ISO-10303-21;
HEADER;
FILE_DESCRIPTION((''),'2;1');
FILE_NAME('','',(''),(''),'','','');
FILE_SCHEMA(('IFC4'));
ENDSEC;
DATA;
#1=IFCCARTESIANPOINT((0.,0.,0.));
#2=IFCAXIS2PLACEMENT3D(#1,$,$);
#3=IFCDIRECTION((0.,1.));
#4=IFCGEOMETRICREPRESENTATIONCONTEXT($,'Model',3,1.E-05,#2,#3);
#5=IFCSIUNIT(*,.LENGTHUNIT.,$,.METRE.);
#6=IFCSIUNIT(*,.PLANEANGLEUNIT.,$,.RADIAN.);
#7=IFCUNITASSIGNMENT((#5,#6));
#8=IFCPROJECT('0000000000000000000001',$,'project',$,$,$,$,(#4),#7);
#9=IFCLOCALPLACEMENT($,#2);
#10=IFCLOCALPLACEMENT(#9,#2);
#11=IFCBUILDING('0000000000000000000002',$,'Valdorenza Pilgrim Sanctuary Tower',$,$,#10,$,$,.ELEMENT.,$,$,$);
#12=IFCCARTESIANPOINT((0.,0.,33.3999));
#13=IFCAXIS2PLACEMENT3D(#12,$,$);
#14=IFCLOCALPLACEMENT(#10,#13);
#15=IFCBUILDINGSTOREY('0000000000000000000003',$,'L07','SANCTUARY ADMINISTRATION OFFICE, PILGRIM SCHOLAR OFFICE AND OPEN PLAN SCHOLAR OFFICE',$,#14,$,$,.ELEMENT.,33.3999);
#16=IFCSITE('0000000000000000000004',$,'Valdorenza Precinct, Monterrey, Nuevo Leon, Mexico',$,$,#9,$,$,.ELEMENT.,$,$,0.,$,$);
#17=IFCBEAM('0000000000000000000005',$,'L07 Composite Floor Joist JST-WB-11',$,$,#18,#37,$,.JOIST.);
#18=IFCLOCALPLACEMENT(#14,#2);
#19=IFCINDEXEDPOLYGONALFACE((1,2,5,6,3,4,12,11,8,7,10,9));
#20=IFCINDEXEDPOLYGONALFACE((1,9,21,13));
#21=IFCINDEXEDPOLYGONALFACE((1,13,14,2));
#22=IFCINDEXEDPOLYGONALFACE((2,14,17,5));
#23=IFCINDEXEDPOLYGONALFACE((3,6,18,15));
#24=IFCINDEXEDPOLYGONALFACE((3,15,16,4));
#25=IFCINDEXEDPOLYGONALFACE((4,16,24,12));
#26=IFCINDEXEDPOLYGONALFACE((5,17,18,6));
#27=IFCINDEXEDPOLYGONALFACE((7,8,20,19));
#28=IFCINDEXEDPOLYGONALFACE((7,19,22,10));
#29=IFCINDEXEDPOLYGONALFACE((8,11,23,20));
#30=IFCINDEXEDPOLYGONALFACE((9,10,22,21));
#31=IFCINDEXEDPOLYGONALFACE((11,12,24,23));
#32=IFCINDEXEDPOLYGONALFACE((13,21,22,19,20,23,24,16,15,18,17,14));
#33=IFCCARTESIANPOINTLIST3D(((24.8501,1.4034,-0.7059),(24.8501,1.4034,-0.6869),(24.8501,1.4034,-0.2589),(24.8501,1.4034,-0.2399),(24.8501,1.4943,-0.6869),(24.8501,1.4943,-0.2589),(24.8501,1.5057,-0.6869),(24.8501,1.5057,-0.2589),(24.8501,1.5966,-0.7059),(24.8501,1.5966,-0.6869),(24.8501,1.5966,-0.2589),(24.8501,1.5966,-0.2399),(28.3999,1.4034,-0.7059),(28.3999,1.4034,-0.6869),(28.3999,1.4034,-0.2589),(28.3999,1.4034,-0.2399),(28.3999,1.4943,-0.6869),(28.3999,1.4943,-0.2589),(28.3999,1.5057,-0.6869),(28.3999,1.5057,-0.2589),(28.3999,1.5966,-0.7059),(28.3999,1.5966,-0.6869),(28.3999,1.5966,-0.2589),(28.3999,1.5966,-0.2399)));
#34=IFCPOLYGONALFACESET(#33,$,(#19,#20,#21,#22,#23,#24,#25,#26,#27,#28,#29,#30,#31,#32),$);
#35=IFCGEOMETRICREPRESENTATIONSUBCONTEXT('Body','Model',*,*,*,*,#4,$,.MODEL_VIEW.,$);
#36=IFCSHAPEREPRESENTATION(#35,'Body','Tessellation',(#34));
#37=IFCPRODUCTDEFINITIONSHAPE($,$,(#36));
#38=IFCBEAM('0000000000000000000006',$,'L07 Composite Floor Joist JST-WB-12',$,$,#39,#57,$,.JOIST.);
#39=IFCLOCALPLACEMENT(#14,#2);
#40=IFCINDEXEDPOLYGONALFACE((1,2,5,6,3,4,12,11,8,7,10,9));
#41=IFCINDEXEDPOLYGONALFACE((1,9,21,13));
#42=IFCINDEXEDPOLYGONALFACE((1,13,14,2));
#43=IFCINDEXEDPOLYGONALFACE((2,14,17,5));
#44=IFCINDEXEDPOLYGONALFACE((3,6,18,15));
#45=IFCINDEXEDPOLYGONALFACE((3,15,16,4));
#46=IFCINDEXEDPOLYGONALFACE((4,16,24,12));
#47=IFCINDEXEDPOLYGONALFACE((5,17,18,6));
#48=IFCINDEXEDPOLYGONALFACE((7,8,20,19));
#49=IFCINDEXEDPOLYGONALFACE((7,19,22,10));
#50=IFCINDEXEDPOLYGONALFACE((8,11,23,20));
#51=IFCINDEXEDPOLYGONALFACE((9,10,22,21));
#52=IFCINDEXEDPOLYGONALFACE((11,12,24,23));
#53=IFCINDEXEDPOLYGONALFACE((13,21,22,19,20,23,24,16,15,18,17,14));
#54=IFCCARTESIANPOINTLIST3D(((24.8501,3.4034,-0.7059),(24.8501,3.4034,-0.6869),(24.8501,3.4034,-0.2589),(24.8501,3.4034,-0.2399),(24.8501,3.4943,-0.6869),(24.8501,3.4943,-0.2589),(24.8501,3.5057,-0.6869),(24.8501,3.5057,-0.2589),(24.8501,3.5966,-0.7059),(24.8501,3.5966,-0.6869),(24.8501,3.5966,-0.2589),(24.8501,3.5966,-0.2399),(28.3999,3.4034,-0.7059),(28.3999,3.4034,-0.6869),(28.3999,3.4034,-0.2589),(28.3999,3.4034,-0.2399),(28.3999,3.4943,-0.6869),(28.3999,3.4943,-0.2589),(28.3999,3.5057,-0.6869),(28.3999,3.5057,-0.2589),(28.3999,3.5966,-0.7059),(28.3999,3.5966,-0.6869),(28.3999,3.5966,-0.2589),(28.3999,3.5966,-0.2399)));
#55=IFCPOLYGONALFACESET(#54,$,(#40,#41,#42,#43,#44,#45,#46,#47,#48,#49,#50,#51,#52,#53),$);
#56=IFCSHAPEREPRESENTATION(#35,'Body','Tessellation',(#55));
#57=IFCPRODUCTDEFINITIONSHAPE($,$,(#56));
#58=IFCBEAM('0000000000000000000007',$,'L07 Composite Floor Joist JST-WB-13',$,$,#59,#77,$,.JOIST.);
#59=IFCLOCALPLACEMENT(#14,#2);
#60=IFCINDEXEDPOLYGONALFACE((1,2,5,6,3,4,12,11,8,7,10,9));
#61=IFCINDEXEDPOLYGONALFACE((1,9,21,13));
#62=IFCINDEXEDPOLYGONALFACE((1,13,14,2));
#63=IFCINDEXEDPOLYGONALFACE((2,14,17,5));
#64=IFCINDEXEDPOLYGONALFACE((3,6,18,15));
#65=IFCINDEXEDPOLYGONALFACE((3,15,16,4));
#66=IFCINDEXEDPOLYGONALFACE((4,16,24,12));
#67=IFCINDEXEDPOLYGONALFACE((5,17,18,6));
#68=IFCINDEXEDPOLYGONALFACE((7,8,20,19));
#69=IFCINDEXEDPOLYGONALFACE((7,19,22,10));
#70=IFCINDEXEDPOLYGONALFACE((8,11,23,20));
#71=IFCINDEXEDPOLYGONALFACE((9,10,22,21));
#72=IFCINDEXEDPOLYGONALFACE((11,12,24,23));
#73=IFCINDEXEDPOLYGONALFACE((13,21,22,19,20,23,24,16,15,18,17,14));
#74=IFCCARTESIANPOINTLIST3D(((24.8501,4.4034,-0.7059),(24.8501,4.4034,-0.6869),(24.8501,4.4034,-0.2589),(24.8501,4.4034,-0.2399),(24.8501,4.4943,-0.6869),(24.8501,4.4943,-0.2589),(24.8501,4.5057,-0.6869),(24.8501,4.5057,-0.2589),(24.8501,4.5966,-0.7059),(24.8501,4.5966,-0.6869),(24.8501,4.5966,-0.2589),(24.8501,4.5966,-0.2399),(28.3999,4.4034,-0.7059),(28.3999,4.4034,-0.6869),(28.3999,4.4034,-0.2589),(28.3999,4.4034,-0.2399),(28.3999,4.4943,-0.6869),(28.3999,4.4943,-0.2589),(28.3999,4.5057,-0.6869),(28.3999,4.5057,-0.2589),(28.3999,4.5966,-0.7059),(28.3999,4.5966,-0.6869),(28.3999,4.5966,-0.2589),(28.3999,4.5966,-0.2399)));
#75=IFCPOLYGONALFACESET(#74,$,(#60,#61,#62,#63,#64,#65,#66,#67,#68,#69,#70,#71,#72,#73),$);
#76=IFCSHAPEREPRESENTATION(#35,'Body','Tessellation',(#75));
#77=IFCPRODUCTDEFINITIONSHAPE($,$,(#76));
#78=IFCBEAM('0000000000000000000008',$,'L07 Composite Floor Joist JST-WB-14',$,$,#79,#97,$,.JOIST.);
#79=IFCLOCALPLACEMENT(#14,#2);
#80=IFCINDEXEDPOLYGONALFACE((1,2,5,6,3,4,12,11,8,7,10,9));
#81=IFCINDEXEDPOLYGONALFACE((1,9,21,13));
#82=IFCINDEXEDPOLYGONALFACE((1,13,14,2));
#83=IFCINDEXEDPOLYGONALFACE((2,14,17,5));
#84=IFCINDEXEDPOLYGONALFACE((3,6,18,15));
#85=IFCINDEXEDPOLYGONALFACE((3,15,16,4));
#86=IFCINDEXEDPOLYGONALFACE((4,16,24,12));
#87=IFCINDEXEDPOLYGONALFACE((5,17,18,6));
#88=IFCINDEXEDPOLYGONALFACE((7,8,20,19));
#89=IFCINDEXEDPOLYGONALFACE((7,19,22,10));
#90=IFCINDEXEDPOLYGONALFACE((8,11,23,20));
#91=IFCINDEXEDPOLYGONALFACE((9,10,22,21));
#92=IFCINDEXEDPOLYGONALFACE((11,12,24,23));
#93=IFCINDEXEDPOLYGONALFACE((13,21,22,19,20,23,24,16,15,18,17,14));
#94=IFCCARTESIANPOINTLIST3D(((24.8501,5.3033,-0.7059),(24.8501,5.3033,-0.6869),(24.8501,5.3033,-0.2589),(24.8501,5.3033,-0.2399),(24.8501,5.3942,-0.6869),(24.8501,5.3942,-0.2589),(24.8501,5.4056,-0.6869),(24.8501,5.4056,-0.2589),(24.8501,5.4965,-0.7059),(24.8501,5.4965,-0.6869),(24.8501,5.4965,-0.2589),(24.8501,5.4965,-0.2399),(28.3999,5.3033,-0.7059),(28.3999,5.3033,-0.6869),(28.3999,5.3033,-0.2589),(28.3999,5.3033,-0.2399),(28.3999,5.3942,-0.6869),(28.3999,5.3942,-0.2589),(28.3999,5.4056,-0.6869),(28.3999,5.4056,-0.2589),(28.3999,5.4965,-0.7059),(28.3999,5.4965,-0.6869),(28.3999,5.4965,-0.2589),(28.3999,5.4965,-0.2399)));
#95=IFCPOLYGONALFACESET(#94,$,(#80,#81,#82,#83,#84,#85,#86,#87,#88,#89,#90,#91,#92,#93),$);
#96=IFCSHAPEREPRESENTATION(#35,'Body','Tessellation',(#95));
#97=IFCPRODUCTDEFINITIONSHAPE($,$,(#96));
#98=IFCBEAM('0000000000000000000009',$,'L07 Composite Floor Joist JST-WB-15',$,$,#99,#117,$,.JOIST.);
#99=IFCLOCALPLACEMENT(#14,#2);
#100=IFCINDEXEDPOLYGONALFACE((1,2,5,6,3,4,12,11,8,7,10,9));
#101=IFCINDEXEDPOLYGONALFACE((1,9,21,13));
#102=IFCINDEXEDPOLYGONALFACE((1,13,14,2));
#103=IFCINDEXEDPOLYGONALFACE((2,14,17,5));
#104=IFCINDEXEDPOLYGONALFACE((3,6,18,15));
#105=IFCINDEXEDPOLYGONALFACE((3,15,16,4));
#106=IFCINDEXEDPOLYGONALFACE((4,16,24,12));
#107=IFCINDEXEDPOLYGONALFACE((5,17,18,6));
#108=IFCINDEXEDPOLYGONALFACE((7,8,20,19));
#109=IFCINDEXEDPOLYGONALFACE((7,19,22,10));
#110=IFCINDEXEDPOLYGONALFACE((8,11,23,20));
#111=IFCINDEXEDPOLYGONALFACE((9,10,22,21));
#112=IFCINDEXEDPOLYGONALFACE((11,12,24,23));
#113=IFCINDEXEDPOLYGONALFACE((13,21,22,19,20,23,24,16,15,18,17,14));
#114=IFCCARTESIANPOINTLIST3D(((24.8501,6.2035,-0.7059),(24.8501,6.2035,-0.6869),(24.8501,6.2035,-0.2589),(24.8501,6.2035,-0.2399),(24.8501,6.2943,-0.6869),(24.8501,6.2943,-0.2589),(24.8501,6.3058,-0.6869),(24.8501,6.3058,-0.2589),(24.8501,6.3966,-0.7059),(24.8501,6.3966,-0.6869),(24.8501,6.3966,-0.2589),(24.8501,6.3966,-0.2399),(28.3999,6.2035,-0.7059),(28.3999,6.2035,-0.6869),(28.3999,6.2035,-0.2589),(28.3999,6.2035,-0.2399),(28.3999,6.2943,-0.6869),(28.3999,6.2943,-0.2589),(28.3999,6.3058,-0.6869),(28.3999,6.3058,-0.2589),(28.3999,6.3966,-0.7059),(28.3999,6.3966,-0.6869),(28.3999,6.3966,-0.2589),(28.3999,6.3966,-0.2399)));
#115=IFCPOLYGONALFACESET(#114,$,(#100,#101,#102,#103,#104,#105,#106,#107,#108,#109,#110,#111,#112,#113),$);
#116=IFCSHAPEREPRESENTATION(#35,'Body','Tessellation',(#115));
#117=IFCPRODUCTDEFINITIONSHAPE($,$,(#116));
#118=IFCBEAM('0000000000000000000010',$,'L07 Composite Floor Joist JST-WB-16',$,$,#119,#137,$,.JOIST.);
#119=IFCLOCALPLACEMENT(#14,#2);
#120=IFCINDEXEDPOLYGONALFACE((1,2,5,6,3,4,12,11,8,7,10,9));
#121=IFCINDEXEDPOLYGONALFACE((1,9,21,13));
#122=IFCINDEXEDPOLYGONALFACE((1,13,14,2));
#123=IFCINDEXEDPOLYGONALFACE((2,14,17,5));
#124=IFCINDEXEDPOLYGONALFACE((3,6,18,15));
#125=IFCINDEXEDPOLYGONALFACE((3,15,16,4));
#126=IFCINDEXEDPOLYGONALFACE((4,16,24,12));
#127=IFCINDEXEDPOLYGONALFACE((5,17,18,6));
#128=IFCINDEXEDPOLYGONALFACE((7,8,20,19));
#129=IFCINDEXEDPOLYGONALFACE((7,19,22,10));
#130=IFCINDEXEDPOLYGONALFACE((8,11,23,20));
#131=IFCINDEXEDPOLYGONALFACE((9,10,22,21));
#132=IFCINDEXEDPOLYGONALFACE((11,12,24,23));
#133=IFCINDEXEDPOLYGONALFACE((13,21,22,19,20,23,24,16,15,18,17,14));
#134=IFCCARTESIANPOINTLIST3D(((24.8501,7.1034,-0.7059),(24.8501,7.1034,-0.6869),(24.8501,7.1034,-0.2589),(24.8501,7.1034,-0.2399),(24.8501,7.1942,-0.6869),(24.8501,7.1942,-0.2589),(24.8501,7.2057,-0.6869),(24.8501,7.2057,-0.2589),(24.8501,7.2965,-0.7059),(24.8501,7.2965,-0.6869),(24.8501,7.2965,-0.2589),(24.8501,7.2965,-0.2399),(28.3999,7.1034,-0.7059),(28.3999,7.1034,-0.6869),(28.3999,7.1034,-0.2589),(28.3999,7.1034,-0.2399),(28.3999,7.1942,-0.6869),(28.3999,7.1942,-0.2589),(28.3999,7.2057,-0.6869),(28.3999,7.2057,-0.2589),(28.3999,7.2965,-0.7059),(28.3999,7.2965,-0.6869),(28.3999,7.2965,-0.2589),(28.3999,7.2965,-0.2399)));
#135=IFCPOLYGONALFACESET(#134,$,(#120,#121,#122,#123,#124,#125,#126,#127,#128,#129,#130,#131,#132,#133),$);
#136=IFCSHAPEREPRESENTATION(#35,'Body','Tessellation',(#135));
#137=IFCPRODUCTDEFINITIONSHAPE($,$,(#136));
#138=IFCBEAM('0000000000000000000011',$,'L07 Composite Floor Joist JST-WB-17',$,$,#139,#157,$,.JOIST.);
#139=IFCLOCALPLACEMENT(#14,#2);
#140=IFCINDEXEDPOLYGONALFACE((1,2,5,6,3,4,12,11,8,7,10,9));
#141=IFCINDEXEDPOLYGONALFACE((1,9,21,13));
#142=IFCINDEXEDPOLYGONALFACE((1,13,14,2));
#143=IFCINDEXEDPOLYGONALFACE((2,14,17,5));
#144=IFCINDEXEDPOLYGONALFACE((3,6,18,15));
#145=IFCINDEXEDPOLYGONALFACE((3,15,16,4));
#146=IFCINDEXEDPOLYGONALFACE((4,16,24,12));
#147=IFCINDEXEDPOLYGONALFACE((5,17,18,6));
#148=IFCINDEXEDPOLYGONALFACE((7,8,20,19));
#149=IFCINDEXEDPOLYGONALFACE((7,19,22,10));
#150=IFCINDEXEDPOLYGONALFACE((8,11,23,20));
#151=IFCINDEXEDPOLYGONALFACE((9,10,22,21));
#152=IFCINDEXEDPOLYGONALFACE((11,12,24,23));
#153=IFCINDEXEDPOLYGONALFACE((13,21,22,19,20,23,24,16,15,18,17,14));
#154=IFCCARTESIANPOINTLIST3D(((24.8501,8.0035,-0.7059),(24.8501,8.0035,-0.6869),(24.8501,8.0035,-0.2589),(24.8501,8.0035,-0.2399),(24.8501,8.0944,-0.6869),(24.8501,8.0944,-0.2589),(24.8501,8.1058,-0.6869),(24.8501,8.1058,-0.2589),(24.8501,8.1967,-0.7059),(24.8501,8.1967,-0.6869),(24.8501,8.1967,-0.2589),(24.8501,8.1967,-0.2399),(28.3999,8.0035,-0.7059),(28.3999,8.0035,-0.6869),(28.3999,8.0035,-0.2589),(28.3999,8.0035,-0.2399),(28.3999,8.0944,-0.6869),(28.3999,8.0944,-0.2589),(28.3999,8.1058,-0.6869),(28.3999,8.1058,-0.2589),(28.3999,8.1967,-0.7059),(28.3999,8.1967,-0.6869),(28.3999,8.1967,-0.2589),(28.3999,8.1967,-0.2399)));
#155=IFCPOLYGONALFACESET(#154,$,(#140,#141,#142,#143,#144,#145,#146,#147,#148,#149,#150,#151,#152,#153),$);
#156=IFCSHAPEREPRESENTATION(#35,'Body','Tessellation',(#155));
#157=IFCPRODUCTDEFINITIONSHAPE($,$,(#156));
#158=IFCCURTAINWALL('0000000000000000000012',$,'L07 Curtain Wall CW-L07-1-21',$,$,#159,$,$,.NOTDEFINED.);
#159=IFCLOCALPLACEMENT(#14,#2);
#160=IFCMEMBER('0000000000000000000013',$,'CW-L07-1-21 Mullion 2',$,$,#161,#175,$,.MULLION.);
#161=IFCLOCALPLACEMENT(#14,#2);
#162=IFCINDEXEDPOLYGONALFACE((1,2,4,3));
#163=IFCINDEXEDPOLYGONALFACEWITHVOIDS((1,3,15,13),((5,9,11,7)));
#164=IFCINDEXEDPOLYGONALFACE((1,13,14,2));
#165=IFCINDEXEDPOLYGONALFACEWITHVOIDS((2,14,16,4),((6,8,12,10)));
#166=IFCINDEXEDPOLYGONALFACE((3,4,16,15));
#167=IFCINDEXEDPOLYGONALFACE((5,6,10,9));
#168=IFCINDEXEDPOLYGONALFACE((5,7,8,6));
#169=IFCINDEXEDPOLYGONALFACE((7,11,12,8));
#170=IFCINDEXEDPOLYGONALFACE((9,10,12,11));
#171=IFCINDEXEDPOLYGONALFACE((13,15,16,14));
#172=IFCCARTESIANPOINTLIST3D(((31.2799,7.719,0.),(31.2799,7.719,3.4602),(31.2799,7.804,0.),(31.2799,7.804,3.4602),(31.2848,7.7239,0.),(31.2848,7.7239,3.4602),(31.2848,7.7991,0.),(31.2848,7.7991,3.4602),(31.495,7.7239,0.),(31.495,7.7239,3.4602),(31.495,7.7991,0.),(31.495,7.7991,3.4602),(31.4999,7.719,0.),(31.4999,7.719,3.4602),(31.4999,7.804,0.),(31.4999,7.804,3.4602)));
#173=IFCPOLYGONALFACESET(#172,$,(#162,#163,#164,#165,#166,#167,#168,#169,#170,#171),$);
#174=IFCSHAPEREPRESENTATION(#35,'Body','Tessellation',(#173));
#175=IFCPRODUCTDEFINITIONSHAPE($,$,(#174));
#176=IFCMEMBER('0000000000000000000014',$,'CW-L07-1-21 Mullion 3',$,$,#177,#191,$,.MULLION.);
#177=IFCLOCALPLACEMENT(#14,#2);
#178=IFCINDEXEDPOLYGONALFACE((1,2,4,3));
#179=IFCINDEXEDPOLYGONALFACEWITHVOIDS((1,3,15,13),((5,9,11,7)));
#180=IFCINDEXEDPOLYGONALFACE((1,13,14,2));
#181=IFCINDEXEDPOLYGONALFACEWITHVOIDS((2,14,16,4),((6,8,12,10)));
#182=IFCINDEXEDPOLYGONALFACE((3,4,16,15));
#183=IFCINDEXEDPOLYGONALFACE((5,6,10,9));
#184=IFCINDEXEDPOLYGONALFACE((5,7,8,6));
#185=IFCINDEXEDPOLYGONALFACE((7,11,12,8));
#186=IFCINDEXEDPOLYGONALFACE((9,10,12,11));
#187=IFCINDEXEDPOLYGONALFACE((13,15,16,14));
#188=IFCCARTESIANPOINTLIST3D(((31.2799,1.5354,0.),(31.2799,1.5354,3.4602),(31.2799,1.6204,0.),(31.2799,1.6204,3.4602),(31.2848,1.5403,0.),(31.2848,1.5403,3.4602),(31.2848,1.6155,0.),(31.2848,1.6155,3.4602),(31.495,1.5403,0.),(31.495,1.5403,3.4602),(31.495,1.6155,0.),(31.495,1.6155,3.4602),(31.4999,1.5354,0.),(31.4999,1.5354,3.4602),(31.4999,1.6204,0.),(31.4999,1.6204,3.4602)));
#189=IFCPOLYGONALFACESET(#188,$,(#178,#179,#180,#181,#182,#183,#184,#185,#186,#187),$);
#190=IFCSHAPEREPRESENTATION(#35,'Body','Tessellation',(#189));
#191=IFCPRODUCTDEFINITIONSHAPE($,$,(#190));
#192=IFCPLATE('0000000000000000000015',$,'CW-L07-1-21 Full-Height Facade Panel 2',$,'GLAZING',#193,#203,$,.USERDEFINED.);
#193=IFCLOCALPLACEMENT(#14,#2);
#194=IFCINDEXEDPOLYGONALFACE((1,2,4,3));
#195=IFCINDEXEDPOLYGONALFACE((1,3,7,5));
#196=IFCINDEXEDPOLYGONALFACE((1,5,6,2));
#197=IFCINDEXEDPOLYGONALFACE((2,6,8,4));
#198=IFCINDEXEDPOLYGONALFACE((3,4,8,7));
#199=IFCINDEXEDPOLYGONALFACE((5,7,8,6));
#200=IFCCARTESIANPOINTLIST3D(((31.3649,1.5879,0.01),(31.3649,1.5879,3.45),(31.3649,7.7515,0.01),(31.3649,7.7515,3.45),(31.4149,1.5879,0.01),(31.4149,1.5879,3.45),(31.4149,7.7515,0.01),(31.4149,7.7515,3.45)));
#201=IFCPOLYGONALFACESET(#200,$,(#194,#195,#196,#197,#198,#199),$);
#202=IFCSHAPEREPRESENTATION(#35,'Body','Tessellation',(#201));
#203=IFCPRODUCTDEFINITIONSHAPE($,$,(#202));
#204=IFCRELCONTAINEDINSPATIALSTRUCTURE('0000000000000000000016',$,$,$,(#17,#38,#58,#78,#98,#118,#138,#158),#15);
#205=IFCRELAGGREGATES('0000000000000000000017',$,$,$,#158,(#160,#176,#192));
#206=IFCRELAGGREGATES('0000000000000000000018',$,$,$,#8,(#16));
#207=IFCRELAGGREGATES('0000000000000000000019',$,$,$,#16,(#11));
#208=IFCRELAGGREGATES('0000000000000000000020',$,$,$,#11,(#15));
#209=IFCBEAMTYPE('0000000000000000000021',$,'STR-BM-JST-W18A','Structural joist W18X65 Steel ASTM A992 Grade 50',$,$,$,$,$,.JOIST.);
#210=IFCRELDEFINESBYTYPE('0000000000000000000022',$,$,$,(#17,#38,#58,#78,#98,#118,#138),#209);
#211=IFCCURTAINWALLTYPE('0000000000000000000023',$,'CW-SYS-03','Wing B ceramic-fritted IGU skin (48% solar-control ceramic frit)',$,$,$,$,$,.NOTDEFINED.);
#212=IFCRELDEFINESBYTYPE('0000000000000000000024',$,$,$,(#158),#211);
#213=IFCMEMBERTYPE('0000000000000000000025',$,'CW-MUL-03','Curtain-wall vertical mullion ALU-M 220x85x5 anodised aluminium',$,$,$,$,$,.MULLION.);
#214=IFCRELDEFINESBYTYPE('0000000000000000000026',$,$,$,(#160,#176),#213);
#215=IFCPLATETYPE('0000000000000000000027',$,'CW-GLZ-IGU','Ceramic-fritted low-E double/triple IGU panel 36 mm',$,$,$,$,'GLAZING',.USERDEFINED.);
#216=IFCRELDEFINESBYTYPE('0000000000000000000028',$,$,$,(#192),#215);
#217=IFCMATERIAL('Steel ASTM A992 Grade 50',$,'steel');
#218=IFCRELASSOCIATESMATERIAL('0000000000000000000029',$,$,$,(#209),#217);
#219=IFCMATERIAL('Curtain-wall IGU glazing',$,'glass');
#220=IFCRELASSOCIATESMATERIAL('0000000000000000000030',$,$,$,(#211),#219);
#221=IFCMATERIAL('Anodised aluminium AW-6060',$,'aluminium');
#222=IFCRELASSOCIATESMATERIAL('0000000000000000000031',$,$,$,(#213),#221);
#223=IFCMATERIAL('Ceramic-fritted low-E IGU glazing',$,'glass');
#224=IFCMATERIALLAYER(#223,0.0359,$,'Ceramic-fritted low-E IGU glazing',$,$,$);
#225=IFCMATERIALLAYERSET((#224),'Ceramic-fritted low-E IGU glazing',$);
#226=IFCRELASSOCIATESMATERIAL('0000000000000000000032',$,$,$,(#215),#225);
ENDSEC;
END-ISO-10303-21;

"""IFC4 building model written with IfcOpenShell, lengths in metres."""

from ifc_helpers import new_model, si_unit, direction, frame, origin, origin_2d, place, context, subcontext, project, spatial, rectangle, hollow_rectangle, i_section, extrude, source, transform, mapped, material, layer, layer_set, material_profile, profile_set, type_object, element, aggregate, save


model = new_model("IFC4")

# Units and contexts
model_context = context("Model", 3, precision=1e-05, world=origin(), true_north=direction((0.0, 1.0)))
body_context = subcontext(model_context, "Body", "Model", "MODEL_VIEW")
ifc_project = project(units=[si_unit("LENGTHUNIT", "METRE"), si_unit("PLANEANGLEUNIT", "RADIAN")], contexts=[model_context])

# Site, building, storey
site_placement = place(None, origin())
site = spatial("IfcSite", under=ifc_project, at=site_placement, Name="Valdorenza Precinct, Monterrey, Nuevo Leon, Mexico", CompositionType="ELEMENT", RefElevation=0.0)
building_placement = place(site_placement, origin())
building = spatial("IfcBuilding", under=site, at=building_placement, Name="Valdorenza Pilgrim Sanctuary Tower", CompositionType="ELEMENT")
storey_placement = place(building_placement, frame((0.0, 0.0, 33.3999)))
storey = spatial("IfcBuildingStorey", under=building, at=storey_placement, Name="L07", Description="SANCTUARY ADMINISTRATION OFFICE, PILGRIM SCHOLAR OFFICE AND OPEN PLAN SCHOLAR OFFICE", CompositionType="ELEMENT", Elevation=33.3999)

# Beams
ifc_material_1 = material(Name="Steel ASTM A992 Grade 50", Category="steel")
ifc_material_profile_1 = material_profile(ifc_material_1, i_section(OverallWidth=0.1931, OverallDepth=0.4661, WebThickness=0.0115, FlangeThickness=0.019, at=origin_2d()), Name="W18X65")
ifc_profile_set_1 = profile_set([ifc_material_profile_1], Name="Steel ASTM A992 Grade 50")
beam_type = type_object("IfcBeamType", Name="STR-BM-JST-W18A", Description="Structural joist W18X65 Steel ASTM A992 Grade 50", PredefinedType="JOIST", material=ifc_profile_set_1)
shared_shape_1 = source(origin(), body_context, "Body", "SweptSolid", [
    extrude(i_section(OverallWidth=0.1931, OverallDepth=0.4661, WebThickness=0.0115, FlangeThickness=0.019, at=origin_2d()), origin(), (0.0, 0.0, 1.0), 3.5498),
])
for number, where, z_axis, x_axis, name in (
    (1, (24.8501, 1.5, -0.4729), (1.0, 0.0, 0.0), (0.0, 1.0, 0.0), "L07 Composite Floor Joist JST-WB-11"),
    (2, (24.8501, 3.5, -0.4729), (1.0, 0.0, 0.0), (0.0, 1.0, 0.0), "L07 Composite Floor Joist JST-WB-12"),
    (3, (24.8501, 4.5, -0.4729), (1.0, 0.0, 0.0), (0.0, 1.0, 0.0), "L07 Composite Floor Joist JST-WB-13"),
    (4, (24.8501, 5.3999, -0.4729), (1.0, 0.0, 0.0), (0.0, 1.0, 0.0), "L07 Composite Floor Joist JST-WB-14"),
    (5, (24.8501, 6.3, -0.4729), (1.0, 0.0, 0.0), (0.0, 1.0, 0.0), "L07 Composite Floor Joist JST-WB-15"),
    (6, (24.8501, 7.2, -0.4729), (1.0, 0.0, 0.0), (0.0, 1.0, 0.0), "L07 Composite Floor Joist JST-WB-16"),
    (7, (24.8501, 8.1001, -0.4729), (1.0, 0.0, 0.0), (0.0, 1.0, 0.0), "L07 Composite Floor Joist JST-WB-17"),
):
    element("IfcBeam", number, at=place(storey_placement, frame(where, z_axis=z_axis, x_axis=x_axis)), inside=storey, type_object=beam_type, Name=name, PredefinedType="JOIST", context=body_context, shape_type="MappedRepresentation", body=[
        mapped(shared_shape_1, transform((0.0, 0.0, 0.0), x_axis=(1.0, 0.0, 0.0), y_axis=(0.0, 1.0, 0.0), z_axis=(0.0, 0.0, 1.0), scale=1.0)),
    ])

# Curtain wall, members, plate
ifc_material_2 = material(Name="Curtain-wall IGU glazing", Category="glass")
curtain_wall_type = type_object("IfcCurtainWallType", Name="CW-SYS-03", Description="Wing B ceramic-fritted IGU skin (48% solar-control ceramic frit)", PredefinedType="NOTDEFINED", material=ifc_material_2)
curtain_wall_placement = place(storey_placement, origin())
curtain_wall = element("IfcCurtainWall", 8, at=curtain_wall_placement, inside=storey, type_object=curtain_wall_type, Name="L07 Curtain Wall CW-L07-1-21", PredefinedType="NOTDEFINED")
ifc_material_3 = material(Name="Anodised aluminium AW-6060", Category="aluminium")
ifc_material_profile_2 = material_profile(ifc_material_3, hollow_rectangle(XDim=0.085, YDim=0.22, WallThickness=0.0049, at=origin_2d()), Name="ALU-M 220x85x5")
ifc_profile_set_2 = profile_set([ifc_material_profile_2], Name="Anodised aluminium AW-6060")
member_type = type_object("IfcMemberType", Name="CW-MUL-03", Description="Curtain-wall vertical mullion ALU-M 220x85x5 anodised aluminium", PredefinedType="MULLION", material=ifc_profile_set_2)
shared_shape_2 = source(origin(), body_context, "Body", "SweptSolid", [
    extrude(hollow_rectangle(XDim=0.085, YDim=0.22, WallThickness=0.0049, at=origin_2d()), origin(), (0.0, 0.0, 1.0), 3.4602),
])
member_1_placement = place(storey_placement, frame((31.3899, 7.7615, 0.0), z_axis=(0.0, 0.0, 1.0), x_axis=(0.0, -1.0, 0.0)))
member_1 = element("IfcMember", 9, at=member_1_placement, type_object=member_type, Name="CW-L07-1-21 Mullion 2", PredefinedType="MULLION", context=body_context, shape_type="MappedRepresentation", body=[
    mapped(shared_shape_2, transform((0.0, 0.0, 0.0), x_axis=(1.0, 0.0, 0.0), y_axis=(0.0, 1.0, 0.0), z_axis=(0.0, 0.0, 1.0), scale=1.0)),
])
member_2_placement = place(storey_placement, frame((31.3899, 1.5779, 0.0), z_axis=(0.0, 0.0, 1.0), x_axis=(0.0, -1.0, 0.0)))
member_2 = element("IfcMember", 10, at=member_2_placement, type_object=member_type, Name="CW-L07-1-21 Mullion 3", PredefinedType="MULLION", context=body_context, shape_type="MappedRepresentation", body=[
    mapped(shared_shape_2, transform((0.0, 0.0, 0.0), x_axis=(1.0, 0.0, 0.0), y_axis=(0.0, 1.0, 0.0), z_axis=(0.0, 0.0, 1.0), scale=1.0)),
])
ifc_material_4 = material(Name="Ceramic-fritted low-E IGU glazing", Category="glass")
ifc_layer_1 = layer(ifc_material_4, 0.0359, Name="Ceramic-fritted low-E IGU glazing")
ifc_layer_set_1 = layer_set([ifc_layer_1], Name="Ceramic-fritted low-E IGU glazing")
plate_type = type_object("IfcPlateType", Name="CW-GLZ-IGU", Description="Ceramic-fritted low-E double/triple IGU panel 36 mm", ElementType="GLAZING", PredefinedType="USERDEFINED", material=ifc_layer_set_1)
shared_shape_3 = source(origin(), body_context, "Body", "SweptSolid", [
    extrude(rectangle(XDim=6.1636, YDim=0.05, at=origin_2d()), origin(), (0.0, 0.0, 1.0), 3.4399),
])
plate_placement = place(storey_placement, frame((31.3899, 4.6697, 0.01), z_axis=(0.0, 0.0, 1.0), x_axis=(0.0, -1.0, 0.0)))
plate = element("IfcPlate", 11, at=plate_placement, type_object=plate_type, Name="CW-L07-1-21 Full-Height Facade Panel 2", ObjectType="GLAZING", PredefinedType="USERDEFINED", context=body_context, shape_type="MappedRepresentation", body=[
    mapped(shared_shape_3, transform((0.0, 0.0, 0.0), x_axis=(1.0, 0.0, 0.0), y_axis=(0.0, 1.0, 0.0), z_axis=(0.0, 0.0, 1.0), scale=1.0)),
])
aggregate(curtain_wall, [member_1, member_2, plate])

save(model, "model.ifc")
